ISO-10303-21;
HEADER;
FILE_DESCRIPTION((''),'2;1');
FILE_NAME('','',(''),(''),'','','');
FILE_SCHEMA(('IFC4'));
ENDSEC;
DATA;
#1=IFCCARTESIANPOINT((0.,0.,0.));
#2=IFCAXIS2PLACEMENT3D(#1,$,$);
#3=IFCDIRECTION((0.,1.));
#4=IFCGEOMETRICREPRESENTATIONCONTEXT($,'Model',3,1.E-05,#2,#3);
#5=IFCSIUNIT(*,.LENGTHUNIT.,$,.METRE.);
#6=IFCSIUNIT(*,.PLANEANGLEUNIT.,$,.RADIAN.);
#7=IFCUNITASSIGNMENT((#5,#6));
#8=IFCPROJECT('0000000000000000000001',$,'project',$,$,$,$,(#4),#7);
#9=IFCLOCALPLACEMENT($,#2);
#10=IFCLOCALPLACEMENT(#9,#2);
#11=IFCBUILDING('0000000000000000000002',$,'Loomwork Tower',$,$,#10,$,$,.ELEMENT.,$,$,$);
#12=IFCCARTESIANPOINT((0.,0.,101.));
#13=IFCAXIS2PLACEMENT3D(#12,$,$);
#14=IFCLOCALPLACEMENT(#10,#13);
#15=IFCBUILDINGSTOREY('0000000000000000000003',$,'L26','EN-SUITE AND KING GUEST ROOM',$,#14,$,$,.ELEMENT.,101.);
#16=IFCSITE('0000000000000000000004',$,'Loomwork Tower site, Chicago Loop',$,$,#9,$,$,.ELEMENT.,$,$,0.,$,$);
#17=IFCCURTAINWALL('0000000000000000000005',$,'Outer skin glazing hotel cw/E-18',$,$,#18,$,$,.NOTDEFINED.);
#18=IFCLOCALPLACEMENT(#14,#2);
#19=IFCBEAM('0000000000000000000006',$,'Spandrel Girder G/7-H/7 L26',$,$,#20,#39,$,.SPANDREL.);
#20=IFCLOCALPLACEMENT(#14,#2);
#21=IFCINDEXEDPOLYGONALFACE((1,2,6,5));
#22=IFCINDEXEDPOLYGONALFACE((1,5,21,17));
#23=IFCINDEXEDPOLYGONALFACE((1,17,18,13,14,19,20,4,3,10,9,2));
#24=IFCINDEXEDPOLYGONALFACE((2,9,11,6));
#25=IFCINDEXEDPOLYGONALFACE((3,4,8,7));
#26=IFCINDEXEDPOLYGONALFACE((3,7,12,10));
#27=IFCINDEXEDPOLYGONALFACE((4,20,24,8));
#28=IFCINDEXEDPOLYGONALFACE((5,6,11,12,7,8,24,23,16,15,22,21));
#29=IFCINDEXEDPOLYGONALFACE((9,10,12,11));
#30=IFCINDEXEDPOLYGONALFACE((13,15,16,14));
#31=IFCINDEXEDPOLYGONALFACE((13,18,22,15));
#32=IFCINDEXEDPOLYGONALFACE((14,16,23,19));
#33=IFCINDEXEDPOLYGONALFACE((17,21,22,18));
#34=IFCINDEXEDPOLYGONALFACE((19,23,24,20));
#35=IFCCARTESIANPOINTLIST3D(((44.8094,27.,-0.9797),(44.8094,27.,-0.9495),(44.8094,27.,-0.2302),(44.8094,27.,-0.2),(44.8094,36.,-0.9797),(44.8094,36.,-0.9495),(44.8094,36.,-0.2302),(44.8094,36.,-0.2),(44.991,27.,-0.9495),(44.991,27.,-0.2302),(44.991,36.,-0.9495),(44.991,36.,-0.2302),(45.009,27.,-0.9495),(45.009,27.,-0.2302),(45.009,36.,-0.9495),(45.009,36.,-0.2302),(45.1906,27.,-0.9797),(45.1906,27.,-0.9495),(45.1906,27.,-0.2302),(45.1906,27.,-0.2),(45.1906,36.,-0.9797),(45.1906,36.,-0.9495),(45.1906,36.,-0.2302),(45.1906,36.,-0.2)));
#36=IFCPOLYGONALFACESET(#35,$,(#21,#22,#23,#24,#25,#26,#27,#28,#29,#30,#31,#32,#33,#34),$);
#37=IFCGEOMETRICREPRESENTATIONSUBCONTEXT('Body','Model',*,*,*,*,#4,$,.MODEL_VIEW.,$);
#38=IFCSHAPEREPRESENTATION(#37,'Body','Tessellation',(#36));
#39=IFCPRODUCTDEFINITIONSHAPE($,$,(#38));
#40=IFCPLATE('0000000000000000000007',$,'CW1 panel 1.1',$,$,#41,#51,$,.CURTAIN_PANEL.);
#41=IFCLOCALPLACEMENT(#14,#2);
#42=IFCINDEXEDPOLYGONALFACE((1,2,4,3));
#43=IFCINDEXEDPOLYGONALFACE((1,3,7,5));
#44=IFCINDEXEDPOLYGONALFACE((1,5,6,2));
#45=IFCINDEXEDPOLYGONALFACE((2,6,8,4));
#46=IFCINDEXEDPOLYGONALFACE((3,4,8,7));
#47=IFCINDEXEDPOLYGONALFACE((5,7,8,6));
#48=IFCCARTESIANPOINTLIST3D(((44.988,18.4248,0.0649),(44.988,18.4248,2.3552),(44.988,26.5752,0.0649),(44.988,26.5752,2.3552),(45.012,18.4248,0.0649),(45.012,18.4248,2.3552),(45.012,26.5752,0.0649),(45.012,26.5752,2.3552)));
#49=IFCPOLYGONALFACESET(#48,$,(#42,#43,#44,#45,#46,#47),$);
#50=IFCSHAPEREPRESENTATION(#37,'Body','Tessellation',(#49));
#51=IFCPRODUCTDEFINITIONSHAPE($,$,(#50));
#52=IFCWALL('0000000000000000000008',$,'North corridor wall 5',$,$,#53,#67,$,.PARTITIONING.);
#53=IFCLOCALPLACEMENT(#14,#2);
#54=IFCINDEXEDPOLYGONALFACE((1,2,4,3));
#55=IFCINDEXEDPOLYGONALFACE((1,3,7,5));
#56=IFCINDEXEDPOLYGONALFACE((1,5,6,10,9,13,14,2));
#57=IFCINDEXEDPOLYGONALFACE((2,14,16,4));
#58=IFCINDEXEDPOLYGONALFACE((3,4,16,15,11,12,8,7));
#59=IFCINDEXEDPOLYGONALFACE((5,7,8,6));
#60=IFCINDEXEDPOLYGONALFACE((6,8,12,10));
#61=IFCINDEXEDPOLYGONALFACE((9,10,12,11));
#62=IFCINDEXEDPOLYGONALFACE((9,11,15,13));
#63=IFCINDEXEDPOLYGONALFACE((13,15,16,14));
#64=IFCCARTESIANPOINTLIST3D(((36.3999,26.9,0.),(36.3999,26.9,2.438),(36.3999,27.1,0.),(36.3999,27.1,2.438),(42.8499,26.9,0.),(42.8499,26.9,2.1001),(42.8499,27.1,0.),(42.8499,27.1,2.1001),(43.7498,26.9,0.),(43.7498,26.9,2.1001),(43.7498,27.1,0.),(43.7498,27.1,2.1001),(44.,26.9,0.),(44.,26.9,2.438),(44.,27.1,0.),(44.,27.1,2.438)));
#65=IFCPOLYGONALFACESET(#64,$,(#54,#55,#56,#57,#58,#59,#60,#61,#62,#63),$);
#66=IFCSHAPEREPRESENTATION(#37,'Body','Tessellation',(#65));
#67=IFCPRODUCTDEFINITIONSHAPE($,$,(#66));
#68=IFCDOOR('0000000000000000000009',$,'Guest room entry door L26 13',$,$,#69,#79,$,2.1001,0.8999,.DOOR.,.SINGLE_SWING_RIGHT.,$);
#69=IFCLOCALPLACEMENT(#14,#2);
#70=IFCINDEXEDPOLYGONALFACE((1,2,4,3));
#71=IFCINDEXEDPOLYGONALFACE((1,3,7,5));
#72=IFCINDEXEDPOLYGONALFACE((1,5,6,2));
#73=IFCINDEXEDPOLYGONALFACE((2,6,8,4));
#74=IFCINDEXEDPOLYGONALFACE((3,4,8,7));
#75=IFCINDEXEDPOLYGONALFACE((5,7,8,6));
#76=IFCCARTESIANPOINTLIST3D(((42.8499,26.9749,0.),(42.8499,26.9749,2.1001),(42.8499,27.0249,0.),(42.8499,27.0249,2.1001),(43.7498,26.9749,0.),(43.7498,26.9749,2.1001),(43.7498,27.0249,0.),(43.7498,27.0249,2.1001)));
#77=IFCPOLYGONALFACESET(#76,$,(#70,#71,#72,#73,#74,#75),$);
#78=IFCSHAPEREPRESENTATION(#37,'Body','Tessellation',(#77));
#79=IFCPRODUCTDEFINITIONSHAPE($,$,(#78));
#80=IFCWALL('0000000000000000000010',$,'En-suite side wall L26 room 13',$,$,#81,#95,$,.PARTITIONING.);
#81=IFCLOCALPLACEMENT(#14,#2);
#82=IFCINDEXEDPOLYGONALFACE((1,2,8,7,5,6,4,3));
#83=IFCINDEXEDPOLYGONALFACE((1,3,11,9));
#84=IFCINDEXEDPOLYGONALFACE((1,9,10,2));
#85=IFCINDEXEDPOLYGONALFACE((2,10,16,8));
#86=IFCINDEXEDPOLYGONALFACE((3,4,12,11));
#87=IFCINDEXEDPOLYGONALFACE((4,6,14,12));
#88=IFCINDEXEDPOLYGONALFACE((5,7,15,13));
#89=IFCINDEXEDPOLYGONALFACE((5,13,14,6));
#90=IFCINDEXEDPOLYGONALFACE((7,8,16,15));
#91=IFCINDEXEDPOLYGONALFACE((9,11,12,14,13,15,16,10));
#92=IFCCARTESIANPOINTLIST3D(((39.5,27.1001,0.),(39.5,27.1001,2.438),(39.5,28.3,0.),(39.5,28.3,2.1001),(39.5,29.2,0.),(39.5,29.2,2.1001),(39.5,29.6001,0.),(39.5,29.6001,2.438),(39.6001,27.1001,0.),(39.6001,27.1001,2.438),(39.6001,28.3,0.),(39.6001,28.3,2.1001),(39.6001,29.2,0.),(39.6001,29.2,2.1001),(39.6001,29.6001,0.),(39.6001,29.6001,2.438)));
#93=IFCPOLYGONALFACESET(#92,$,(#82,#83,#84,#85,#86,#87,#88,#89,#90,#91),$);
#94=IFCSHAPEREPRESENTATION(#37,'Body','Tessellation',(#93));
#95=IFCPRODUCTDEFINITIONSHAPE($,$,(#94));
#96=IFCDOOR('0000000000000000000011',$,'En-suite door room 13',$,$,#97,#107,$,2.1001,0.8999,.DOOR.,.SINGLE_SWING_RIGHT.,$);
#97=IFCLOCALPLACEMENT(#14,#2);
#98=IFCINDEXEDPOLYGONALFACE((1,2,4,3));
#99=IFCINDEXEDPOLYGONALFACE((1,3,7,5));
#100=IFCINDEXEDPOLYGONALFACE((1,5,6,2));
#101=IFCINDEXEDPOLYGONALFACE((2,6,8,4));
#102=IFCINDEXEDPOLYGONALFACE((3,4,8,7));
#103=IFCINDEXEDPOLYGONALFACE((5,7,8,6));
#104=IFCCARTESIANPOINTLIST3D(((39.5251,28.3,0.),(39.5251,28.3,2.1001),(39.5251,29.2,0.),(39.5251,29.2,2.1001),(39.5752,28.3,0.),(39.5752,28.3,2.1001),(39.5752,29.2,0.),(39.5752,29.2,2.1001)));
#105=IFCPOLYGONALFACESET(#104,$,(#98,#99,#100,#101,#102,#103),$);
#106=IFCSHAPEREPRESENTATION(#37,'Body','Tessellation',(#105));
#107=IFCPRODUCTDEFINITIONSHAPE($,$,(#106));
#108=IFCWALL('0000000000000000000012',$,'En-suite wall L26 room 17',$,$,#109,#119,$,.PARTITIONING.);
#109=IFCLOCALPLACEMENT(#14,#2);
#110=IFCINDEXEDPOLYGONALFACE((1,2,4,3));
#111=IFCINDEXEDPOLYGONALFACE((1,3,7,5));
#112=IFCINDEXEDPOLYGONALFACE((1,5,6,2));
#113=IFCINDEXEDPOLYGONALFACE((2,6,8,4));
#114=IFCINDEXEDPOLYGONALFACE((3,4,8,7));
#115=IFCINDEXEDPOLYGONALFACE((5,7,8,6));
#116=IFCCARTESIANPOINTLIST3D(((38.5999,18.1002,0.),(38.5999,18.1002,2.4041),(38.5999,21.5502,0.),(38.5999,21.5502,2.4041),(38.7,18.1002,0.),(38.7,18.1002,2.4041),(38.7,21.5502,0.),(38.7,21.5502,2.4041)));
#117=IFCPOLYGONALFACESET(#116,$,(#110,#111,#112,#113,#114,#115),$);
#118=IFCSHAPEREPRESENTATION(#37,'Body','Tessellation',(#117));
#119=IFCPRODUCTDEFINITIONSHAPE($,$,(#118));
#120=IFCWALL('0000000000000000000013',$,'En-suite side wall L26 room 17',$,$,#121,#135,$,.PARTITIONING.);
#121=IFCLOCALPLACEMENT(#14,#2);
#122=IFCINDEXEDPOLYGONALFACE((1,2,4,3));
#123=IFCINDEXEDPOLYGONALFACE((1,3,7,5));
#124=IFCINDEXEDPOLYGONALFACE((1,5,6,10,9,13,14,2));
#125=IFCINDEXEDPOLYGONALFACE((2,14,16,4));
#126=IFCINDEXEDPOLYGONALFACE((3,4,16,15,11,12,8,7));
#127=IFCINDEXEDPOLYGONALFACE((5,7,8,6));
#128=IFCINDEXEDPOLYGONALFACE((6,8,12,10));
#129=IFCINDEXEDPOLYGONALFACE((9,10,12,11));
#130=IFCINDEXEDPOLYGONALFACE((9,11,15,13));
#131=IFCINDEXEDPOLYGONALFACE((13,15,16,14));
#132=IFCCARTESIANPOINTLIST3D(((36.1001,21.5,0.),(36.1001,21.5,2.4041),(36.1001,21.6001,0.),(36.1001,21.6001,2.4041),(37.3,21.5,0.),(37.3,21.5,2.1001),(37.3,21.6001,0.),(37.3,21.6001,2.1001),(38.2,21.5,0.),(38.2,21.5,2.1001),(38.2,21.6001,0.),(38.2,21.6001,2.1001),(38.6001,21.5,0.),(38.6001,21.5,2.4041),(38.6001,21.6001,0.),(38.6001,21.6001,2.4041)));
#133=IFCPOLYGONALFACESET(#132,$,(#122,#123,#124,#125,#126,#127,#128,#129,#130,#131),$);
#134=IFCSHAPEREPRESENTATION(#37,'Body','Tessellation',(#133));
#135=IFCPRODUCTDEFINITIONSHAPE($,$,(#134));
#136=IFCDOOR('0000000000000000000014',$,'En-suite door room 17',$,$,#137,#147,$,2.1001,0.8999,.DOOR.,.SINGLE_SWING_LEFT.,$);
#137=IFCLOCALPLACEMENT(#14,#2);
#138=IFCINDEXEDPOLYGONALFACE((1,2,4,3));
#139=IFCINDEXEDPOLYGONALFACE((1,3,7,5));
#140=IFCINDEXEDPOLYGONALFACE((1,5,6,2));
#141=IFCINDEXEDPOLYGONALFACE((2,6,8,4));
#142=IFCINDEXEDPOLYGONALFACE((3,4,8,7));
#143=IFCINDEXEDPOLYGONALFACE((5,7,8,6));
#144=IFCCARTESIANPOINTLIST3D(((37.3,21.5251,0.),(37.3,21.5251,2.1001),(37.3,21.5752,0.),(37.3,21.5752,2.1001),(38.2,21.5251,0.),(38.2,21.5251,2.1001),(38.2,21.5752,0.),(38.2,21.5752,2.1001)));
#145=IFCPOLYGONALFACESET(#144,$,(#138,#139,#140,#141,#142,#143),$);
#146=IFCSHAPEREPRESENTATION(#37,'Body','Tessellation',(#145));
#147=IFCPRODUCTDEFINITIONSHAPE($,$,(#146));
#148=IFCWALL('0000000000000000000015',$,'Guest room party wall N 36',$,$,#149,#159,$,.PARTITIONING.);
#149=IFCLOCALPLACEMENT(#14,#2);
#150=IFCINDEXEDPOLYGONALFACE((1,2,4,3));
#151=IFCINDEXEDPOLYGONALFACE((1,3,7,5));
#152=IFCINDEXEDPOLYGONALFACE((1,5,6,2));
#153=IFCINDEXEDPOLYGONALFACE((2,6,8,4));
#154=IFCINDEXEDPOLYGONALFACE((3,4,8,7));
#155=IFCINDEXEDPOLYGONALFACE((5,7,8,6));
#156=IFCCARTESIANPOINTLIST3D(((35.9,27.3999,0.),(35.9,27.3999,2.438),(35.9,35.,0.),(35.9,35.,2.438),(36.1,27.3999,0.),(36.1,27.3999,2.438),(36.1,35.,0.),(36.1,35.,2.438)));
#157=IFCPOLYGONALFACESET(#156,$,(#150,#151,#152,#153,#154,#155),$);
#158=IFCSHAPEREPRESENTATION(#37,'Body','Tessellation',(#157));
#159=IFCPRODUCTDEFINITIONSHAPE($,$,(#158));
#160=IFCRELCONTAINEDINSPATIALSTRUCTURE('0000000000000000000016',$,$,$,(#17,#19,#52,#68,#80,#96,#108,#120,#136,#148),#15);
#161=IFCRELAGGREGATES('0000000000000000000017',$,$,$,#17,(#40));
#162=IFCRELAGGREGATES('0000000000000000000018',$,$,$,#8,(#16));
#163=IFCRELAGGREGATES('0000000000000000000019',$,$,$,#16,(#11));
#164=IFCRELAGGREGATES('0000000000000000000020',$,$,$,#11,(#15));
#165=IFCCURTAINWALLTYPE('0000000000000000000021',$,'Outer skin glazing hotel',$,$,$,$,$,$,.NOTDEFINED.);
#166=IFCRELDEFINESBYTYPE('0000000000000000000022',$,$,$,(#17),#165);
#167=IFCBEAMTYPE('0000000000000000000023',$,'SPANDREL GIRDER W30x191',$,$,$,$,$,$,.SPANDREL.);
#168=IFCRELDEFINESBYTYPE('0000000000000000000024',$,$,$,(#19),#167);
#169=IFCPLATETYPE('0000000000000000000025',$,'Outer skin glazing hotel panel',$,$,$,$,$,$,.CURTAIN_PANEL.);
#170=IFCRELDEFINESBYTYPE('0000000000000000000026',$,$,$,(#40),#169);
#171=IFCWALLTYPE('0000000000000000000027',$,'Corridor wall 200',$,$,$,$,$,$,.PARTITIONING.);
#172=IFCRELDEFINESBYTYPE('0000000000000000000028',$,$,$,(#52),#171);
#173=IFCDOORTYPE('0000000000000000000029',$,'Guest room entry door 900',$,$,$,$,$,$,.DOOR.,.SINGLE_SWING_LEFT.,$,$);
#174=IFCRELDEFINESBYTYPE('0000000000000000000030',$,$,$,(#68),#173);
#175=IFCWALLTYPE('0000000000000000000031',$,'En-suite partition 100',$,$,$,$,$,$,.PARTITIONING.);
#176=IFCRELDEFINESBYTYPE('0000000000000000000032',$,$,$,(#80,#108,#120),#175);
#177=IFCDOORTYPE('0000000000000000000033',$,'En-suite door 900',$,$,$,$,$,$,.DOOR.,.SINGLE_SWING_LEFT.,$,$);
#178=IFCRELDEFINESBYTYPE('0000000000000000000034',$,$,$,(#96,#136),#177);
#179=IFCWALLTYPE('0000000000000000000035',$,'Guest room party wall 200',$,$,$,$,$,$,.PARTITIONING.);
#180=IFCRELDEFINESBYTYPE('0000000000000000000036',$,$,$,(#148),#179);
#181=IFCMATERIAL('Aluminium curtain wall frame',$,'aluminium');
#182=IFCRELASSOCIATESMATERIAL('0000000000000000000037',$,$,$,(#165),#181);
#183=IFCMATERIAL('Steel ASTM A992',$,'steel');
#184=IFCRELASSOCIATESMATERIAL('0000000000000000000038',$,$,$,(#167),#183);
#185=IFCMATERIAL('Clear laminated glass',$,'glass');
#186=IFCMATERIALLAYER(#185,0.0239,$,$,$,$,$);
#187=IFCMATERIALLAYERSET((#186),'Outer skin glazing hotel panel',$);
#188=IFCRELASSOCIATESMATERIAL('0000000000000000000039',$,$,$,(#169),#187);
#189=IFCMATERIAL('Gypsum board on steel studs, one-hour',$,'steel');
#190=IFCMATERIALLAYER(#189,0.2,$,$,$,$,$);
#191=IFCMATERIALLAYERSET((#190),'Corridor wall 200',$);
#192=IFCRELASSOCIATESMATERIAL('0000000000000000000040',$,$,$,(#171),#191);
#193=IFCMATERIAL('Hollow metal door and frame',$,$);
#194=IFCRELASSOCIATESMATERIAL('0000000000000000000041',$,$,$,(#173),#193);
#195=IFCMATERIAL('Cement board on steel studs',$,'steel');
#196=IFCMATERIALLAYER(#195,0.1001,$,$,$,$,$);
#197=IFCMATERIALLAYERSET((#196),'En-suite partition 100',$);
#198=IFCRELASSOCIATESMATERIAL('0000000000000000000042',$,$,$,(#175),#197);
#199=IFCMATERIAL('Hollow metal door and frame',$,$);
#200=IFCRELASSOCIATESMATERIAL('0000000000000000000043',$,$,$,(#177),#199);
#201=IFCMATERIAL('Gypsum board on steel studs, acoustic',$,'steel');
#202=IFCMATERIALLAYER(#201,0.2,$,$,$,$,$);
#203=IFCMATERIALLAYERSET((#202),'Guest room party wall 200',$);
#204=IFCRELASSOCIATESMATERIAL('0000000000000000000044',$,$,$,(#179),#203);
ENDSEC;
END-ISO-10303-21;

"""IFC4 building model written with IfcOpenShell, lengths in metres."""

from ifc_helpers import new_model, si_unit, direction, frame, frame_2d, origin, origin_2d, place, context, subcontext, project, spatial, rectangle, i_section, extrude, material, layer, layer_set, material_profile, profile_set, type_object, element, fill, aggregate, save


model = new_model("IFC4")

# Units and contexts
model_context = context("Model", 3, precision=1e-05, world=origin(), true_north=direction((0.0, 1.0)))
body_context = subcontext(model_context, "Body", "Model", "MODEL_VIEW")
ifc_project = project(units=[si_unit("LENGTHUNIT", "METRE"), si_unit("PLANEANGLEUNIT", "RADIAN")], contexts=[model_context])

# Site, building, storey
site_placement = place(None, origin())
site = spatial("IfcSite", under=ifc_project, at=site_placement, Name="Loomwork Tower site, Chicago Loop", CompositionType="ELEMENT", RefElevation=0.0)
building_placement = place(site_placement, origin())
building = spatial("IfcBuilding", under=site, at=building_placement, Name="Loomwork Tower", CompositionType="ELEMENT")
storey_placement = place(building_placement, frame((0.0, 0.0, 101.0)))
storey = spatial("IfcBuildingStorey", under=building, at=storey_placement, Name="L26", Description="EN-SUITE AND KING GUEST ROOM", CompositionType="ELEMENT", Elevation=101.0)

# Curtain wall
ifc_material_1 = material(Name="Aluminium curtain wall frame", Category="aluminium")
curtain_wall_type = type_object("IfcCurtainWallType", Name="Outer skin glazing hotel", PredefinedType="NOTDEFINED", material=ifc_material_1)
curtain_wall_1_placement = place(storey_placement, origin())
curtain_wall_1 = element("IfcCurtainWall", 1, at=curtain_wall_1_placement, inside=storey, type_object=curtain_wall_type, Name="Outer skin glazing hotel cw/E-18", PredefinedType="NOTDEFINED")

# Beam
ifc_material_2 = material(Name="Steel ASTM A992", Category="steel")
ifc_material_profile_1 = material_profile(ifc_material_2, i_section(OverallWidth=0.3811, OverallDepth=0.7798, WebThickness=0.0181, FlangeThickness=0.0303, at=origin_2d()), Name="W30x191")
ifc_profile_set_1 = profile_set([ifc_material_profile_1], Name="Steel ASTM A992")
beam_type_1 = type_object("IfcBeamType", Name="SPANDREL GIRDER W30x191", PredefinedType="SPANDREL", material=ifc_profile_set_1)
for number, where, z_axis, x_axis, name in (
    (2, (45.0, 27.0, -0.5898), (0.0, 1.0, 0.0), (-1.0, 0.0, 0.0), "Spandrel Girder G/7-H/7 L26"),
):
    element("IfcBeam", number, at=place(storey_placement, frame(where, z_axis=z_axis, x_axis=x_axis)), inside=storey, type_object=beam_type_1, Name=name, PredefinedType="SPANDREL", context=body_context, shape_type="SweptSolid", body=[
        extrude(i_section(OverallWidth=0.3811, OverallDepth=0.7798, WebThickness=0.0181, FlangeThickness=0.0303, at=origin_2d()), origin(), (0.0, 0.0, 1.0), 9.0),
    ])

# Plate
ifc_material_3 = material(Name="Clear laminated glass", Category="glass")
ifc_layer_1 = layer(ifc_material_3, 0.0239)
ifc_layer_set_1 = layer_set([ifc_layer_1], Name="Outer skin glazing hotel panel")
plate_type = type_object("IfcPlateType", Name="Outer skin glazing hotel panel", PredefinedType="CURTAIN_PANEL", material=ifc_layer_set_1)
plate_placement = place(storey_placement, frame((45.0, 22.5, 0.0649), z_axis=(0.0, 0.0, 1.0), x_axis=(0.0, 1.0, 0.0)))
plate = element("IfcPlate", 3, at=plate_placement, type_object=plate_type, Name="CW1 panel 1.1", PredefinedType="CURTAIN_PANEL", context=body_context, shape_type="SweptSolid", body=[
    extrude(rectangle(XDim=8.1504, YDim=0.0239, at=origin_2d()), origin(), (0.0, 0.0, 1.0), 2.2903),
])
aggregate(curtain_wall_1, [plate])

# Walls, openings, doors
ifc_material_4 = material(Name="Gypsum board on steel studs, one-hour", Category="steel")
ifc_layer_2 = layer(ifc_material_4, 0.2)
ifc_layer_set_2 = layer_set([ifc_layer_2], Name="Corridor wall 200")
wall_type_1 = type_object("IfcWallType", Name="Corridor wall 200", PredefinedType="PARTITIONING", material=ifc_layer_set_2)
wall_1_placement = place(storey_placement, frame((36.3999, 27.0, 0.0), z_axis=(0.0, 0.0, 1.0), x_axis=(1.0, 0.0, 0.0)))
wall_1 = element("IfcWall", 4, at=wall_1_placement, inside=storey, type_object=wall_type_1, Name="North corridor wall 5", PredefinedType="PARTITIONING", context=body_context, shape_type="SweptSolid", body=[
    extrude(rectangle(XDim=7.6001, YDim=0.2, at=frame_2d((3.8, 0.0))), origin(), (0.0, 0.0, 1.0), 2.438),
])
opening_1_placement = place(wall_1_placement, frame((6.45, 0.0, 0.0)))
opening_1 = element("IfcOpeningElement", 5, at=opening_1_placement, cuts=wall_1, PredefinedType="OPENING", context=body_context, shape_type="SweptSolid", body=[
    extrude(rectangle(XDim=0.8999, YDim=2.1001, at=frame_2d((0.45, 1.05))), frame((0.0, 0.1099, 0.0), z_axis=(0.0, -1.0, 0.0), x_axis=(1.0, 0.0, 0.0)), (0.0, 0.0, 1.0), 0.22),
])
ifc_material_5 = material(Name="Hollow metal door and frame")
door_type_1 = type_object("IfcDoorType", Name="Guest room entry door 900", OperationType="SINGLE_SWING_LEFT", PredefinedType="DOOR", material=ifc_material_5)
door_1_placement = place(opening_1_placement, origin())
door_1 = element("IfcDoor", 6, at=door_1_placement, inside=storey, type_object=door_type_1, Name="Guest room entry door L26 13", OperationType="SINGLE_SWING_RIGHT", OverallHeight=2.1001, OverallWidth=0.8999, PredefinedType="DOOR", context=body_context, shape_type="SweptSolid", body=[
    extrude(rectangle(XDim=0.8999, YDim=2.1001, at=frame_2d((0.45, 1.05))), frame((0.0, 0.0249, 0.0), z_axis=(0.0, -1.0, 0.0), x_axis=(1.0, 0.0, 0.0)), (0.0, 0.0, 1.0), 0.05),
])
fill(opening_1, door_1)
ifc_material_6 = material(Name="Cement board on steel studs", Category="steel")
ifc_layer_3 = layer(ifc_material_6, 0.1001)
ifc_layer_set_3 = layer_set([ifc_layer_3], Name="En-suite partition 100")
wall_type_2 = type_object("IfcWallType", Name="En-suite partition 100", PredefinedType="PARTITIONING", material=ifc_layer_set_3)
wall_2_placement = place(storey_placement, frame((39.55, 27.1001, 0.0), z_axis=(0.0, 0.0, 1.0), x_axis=(0.0, 1.0, 0.0)))
wall_2 = element("IfcWall", 7, at=wall_2_placement, inside=storey, type_object=wall_type_2, Name="En-suite side wall L26 room 13", PredefinedType="PARTITIONING", context=body_context, shape_type="SweptSolid", body=[
    extrude(rectangle(XDim=2.5, YDim=0.1001, at=frame_2d((1.25, 0.0))), origin(), (0.0, 0.0, 1.0), 2.438),
])
opening_2_placement = place(wall_2_placement, frame((1.2, 0.0, 0.0)))
opening_2 = element("IfcOpeningElement", 8, at=opening_2_placement, cuts=wall_2, PredefinedType="OPENING", context=body_context, shape_type="SweptSolid", body=[
    extrude(rectangle(XDim=0.8999, YDim=2.1001, at=frame_2d((0.45, 1.05))), frame((0.0, 0.0601, 0.0), z_axis=(0.0, -1.0, 0.0), x_axis=(1.0, 0.0, 0.0)), (0.0, 0.0, 1.0), 0.1201),
])
ifc_material_7 = material(Name="Hollow metal door and frame")
door_type_2 = type_object("IfcDoorType", Name="En-suite door 900", OperationType="SINGLE_SWING_LEFT", PredefinedType="DOOR", material=ifc_material_7)
door_2_placement = place(opening_2_placement, origin())
door_2 = element("IfcDoor", 9, at=door_2_placement, inside=storey, type_object=door_type_2, Name="En-suite door room 13", OperationType="SINGLE_SWING_RIGHT", OverallHeight=2.1001, OverallWidth=0.8999, PredefinedType="DOOR", context=body_context, shape_type="SweptSolid", body=[
    extrude(rectangle(XDim=0.8999, YDim=2.1001, at=frame_2d((0.45, 1.05))), frame((0.0, 0.0249, 0.0), z_axis=(0.0, -1.0, 0.0), x_axis=(1.0, 0.0, 0.0)), (0.0, 0.0, 1.0), 0.05),
])
fill(opening_2, door_2)

# Wall
wall_3_placement = place(storey_placement, frame((38.6499, 18.1001, 0.0), z_axis=(0.0, 0.0, 1.0), x_axis=(0.0, 1.0, 0.0)))
element("IfcWall", 10, at=wall_3_placement, inside=storey, type_object=wall_type_2, Name="En-suite wall L26 room 17", PredefinedType="PARTITIONING", context=body_context, shape_type="SweptSolid", body=[
    extrude(rectangle(XDim=3.45, YDim=0.1001, at=frame_2d((1.7251, 0.0))), origin(), (0.0, 0.0, 1.0), 2.4041),
])

# Wall, opening, door
wall_4_placement = place(storey_placement, frame((36.1001, 21.55, 0.0), z_axis=(0.0, 0.0, 1.0), x_axis=(1.0, 0.0, 0.0)))
wall_4 = element("IfcWall", 11, at=wall_4_placement, inside=storey, type_object=wall_type_2, Name="En-suite side wall L26 room 17", PredefinedType="PARTITIONING", context=body_context, shape_type="SweptSolid", body=[
    extrude(rectangle(XDim=2.5, YDim=0.1001, at=frame_2d((1.25, 0.0))), origin(), (0.0, 0.0, 1.0), 2.4041),
])
opening_3_placement = place(wall_4_placement, frame((1.2, 0.0, 0.0)))
opening_3 = element("IfcOpeningElement", 12, at=opening_3_placement, cuts=wall_4, PredefinedType="OPENING", context=body_context, shape_type="SweptSolid", body=[
    extrude(rectangle(XDim=0.8999, YDim=2.1001, at=frame_2d((0.45, 1.05))), frame((0.0, 0.0601, 0.0), z_axis=(0.0, -1.0, 0.0), x_axis=(1.0, 0.0, 0.0)), (0.0, 0.0, 1.0), 0.1201),
])
door_3_placement = place(opening_3_placement, frame((0.8999, 0.0, 0.0), z_axis=(0.0, 0.0, 1.0), x_axis=(-1.0, 0.0, 0.0)))
door_3 = element("IfcDoor", 13, at=door_3_placement, inside=storey, type_object=door_type_2, Name="En-suite door room 17", OperationType="SINGLE_SWING_LEFT", OverallHeight=2.1001, OverallWidth=0.8999, PredefinedType="DOOR", context=body_context, shape_type="SweptSolid", body=[
    extrude(rectangle(XDim=0.8999, YDim=2.1001, at=frame_2d((0.45, 1.05))), frame((0.0, 0.0249, 0.0), z_axis=(0.0, -1.0, 0.0), x_axis=(1.0, 0.0, 0.0)), (0.0, 0.0, 1.0), 0.05),
])
fill(opening_3, door_3)

# Wall
ifc_material_8 = material(Name="Gypsum board on steel studs, acoustic", Category="steel")
ifc_layer_4 = layer(ifc_material_8, 0.2)
ifc_layer_set_4 = layer_set([ifc_layer_4], Name="Guest room party wall 200")
wall_type_3 = type_object("IfcWallType", Name="Guest room party wall 200", PredefinedType="PARTITIONING", material=ifc_layer_set_4)
wall_5_placement = place(storey_placement, frame((36.0, 27.3999, 0.0), z_axis=(0.0, 0.0, 1.0), x_axis=(0.0, 1.0, 0.0)))
element("IfcWall", 14, at=wall_5_placement, inside=storey, type_object=wall_type_3, Name="Guest room party wall N 36", PredefinedType="PARTITIONING", context=body_context, shape_type="SweptSolid", body=[
    extrude(rectangle(XDim=7.6001, YDim=0.2, at=frame_2d((3.8, 0.0))), origin(), (0.0, 0.0, 1.0), 2.438),
])

save(model, "model.ifc")
